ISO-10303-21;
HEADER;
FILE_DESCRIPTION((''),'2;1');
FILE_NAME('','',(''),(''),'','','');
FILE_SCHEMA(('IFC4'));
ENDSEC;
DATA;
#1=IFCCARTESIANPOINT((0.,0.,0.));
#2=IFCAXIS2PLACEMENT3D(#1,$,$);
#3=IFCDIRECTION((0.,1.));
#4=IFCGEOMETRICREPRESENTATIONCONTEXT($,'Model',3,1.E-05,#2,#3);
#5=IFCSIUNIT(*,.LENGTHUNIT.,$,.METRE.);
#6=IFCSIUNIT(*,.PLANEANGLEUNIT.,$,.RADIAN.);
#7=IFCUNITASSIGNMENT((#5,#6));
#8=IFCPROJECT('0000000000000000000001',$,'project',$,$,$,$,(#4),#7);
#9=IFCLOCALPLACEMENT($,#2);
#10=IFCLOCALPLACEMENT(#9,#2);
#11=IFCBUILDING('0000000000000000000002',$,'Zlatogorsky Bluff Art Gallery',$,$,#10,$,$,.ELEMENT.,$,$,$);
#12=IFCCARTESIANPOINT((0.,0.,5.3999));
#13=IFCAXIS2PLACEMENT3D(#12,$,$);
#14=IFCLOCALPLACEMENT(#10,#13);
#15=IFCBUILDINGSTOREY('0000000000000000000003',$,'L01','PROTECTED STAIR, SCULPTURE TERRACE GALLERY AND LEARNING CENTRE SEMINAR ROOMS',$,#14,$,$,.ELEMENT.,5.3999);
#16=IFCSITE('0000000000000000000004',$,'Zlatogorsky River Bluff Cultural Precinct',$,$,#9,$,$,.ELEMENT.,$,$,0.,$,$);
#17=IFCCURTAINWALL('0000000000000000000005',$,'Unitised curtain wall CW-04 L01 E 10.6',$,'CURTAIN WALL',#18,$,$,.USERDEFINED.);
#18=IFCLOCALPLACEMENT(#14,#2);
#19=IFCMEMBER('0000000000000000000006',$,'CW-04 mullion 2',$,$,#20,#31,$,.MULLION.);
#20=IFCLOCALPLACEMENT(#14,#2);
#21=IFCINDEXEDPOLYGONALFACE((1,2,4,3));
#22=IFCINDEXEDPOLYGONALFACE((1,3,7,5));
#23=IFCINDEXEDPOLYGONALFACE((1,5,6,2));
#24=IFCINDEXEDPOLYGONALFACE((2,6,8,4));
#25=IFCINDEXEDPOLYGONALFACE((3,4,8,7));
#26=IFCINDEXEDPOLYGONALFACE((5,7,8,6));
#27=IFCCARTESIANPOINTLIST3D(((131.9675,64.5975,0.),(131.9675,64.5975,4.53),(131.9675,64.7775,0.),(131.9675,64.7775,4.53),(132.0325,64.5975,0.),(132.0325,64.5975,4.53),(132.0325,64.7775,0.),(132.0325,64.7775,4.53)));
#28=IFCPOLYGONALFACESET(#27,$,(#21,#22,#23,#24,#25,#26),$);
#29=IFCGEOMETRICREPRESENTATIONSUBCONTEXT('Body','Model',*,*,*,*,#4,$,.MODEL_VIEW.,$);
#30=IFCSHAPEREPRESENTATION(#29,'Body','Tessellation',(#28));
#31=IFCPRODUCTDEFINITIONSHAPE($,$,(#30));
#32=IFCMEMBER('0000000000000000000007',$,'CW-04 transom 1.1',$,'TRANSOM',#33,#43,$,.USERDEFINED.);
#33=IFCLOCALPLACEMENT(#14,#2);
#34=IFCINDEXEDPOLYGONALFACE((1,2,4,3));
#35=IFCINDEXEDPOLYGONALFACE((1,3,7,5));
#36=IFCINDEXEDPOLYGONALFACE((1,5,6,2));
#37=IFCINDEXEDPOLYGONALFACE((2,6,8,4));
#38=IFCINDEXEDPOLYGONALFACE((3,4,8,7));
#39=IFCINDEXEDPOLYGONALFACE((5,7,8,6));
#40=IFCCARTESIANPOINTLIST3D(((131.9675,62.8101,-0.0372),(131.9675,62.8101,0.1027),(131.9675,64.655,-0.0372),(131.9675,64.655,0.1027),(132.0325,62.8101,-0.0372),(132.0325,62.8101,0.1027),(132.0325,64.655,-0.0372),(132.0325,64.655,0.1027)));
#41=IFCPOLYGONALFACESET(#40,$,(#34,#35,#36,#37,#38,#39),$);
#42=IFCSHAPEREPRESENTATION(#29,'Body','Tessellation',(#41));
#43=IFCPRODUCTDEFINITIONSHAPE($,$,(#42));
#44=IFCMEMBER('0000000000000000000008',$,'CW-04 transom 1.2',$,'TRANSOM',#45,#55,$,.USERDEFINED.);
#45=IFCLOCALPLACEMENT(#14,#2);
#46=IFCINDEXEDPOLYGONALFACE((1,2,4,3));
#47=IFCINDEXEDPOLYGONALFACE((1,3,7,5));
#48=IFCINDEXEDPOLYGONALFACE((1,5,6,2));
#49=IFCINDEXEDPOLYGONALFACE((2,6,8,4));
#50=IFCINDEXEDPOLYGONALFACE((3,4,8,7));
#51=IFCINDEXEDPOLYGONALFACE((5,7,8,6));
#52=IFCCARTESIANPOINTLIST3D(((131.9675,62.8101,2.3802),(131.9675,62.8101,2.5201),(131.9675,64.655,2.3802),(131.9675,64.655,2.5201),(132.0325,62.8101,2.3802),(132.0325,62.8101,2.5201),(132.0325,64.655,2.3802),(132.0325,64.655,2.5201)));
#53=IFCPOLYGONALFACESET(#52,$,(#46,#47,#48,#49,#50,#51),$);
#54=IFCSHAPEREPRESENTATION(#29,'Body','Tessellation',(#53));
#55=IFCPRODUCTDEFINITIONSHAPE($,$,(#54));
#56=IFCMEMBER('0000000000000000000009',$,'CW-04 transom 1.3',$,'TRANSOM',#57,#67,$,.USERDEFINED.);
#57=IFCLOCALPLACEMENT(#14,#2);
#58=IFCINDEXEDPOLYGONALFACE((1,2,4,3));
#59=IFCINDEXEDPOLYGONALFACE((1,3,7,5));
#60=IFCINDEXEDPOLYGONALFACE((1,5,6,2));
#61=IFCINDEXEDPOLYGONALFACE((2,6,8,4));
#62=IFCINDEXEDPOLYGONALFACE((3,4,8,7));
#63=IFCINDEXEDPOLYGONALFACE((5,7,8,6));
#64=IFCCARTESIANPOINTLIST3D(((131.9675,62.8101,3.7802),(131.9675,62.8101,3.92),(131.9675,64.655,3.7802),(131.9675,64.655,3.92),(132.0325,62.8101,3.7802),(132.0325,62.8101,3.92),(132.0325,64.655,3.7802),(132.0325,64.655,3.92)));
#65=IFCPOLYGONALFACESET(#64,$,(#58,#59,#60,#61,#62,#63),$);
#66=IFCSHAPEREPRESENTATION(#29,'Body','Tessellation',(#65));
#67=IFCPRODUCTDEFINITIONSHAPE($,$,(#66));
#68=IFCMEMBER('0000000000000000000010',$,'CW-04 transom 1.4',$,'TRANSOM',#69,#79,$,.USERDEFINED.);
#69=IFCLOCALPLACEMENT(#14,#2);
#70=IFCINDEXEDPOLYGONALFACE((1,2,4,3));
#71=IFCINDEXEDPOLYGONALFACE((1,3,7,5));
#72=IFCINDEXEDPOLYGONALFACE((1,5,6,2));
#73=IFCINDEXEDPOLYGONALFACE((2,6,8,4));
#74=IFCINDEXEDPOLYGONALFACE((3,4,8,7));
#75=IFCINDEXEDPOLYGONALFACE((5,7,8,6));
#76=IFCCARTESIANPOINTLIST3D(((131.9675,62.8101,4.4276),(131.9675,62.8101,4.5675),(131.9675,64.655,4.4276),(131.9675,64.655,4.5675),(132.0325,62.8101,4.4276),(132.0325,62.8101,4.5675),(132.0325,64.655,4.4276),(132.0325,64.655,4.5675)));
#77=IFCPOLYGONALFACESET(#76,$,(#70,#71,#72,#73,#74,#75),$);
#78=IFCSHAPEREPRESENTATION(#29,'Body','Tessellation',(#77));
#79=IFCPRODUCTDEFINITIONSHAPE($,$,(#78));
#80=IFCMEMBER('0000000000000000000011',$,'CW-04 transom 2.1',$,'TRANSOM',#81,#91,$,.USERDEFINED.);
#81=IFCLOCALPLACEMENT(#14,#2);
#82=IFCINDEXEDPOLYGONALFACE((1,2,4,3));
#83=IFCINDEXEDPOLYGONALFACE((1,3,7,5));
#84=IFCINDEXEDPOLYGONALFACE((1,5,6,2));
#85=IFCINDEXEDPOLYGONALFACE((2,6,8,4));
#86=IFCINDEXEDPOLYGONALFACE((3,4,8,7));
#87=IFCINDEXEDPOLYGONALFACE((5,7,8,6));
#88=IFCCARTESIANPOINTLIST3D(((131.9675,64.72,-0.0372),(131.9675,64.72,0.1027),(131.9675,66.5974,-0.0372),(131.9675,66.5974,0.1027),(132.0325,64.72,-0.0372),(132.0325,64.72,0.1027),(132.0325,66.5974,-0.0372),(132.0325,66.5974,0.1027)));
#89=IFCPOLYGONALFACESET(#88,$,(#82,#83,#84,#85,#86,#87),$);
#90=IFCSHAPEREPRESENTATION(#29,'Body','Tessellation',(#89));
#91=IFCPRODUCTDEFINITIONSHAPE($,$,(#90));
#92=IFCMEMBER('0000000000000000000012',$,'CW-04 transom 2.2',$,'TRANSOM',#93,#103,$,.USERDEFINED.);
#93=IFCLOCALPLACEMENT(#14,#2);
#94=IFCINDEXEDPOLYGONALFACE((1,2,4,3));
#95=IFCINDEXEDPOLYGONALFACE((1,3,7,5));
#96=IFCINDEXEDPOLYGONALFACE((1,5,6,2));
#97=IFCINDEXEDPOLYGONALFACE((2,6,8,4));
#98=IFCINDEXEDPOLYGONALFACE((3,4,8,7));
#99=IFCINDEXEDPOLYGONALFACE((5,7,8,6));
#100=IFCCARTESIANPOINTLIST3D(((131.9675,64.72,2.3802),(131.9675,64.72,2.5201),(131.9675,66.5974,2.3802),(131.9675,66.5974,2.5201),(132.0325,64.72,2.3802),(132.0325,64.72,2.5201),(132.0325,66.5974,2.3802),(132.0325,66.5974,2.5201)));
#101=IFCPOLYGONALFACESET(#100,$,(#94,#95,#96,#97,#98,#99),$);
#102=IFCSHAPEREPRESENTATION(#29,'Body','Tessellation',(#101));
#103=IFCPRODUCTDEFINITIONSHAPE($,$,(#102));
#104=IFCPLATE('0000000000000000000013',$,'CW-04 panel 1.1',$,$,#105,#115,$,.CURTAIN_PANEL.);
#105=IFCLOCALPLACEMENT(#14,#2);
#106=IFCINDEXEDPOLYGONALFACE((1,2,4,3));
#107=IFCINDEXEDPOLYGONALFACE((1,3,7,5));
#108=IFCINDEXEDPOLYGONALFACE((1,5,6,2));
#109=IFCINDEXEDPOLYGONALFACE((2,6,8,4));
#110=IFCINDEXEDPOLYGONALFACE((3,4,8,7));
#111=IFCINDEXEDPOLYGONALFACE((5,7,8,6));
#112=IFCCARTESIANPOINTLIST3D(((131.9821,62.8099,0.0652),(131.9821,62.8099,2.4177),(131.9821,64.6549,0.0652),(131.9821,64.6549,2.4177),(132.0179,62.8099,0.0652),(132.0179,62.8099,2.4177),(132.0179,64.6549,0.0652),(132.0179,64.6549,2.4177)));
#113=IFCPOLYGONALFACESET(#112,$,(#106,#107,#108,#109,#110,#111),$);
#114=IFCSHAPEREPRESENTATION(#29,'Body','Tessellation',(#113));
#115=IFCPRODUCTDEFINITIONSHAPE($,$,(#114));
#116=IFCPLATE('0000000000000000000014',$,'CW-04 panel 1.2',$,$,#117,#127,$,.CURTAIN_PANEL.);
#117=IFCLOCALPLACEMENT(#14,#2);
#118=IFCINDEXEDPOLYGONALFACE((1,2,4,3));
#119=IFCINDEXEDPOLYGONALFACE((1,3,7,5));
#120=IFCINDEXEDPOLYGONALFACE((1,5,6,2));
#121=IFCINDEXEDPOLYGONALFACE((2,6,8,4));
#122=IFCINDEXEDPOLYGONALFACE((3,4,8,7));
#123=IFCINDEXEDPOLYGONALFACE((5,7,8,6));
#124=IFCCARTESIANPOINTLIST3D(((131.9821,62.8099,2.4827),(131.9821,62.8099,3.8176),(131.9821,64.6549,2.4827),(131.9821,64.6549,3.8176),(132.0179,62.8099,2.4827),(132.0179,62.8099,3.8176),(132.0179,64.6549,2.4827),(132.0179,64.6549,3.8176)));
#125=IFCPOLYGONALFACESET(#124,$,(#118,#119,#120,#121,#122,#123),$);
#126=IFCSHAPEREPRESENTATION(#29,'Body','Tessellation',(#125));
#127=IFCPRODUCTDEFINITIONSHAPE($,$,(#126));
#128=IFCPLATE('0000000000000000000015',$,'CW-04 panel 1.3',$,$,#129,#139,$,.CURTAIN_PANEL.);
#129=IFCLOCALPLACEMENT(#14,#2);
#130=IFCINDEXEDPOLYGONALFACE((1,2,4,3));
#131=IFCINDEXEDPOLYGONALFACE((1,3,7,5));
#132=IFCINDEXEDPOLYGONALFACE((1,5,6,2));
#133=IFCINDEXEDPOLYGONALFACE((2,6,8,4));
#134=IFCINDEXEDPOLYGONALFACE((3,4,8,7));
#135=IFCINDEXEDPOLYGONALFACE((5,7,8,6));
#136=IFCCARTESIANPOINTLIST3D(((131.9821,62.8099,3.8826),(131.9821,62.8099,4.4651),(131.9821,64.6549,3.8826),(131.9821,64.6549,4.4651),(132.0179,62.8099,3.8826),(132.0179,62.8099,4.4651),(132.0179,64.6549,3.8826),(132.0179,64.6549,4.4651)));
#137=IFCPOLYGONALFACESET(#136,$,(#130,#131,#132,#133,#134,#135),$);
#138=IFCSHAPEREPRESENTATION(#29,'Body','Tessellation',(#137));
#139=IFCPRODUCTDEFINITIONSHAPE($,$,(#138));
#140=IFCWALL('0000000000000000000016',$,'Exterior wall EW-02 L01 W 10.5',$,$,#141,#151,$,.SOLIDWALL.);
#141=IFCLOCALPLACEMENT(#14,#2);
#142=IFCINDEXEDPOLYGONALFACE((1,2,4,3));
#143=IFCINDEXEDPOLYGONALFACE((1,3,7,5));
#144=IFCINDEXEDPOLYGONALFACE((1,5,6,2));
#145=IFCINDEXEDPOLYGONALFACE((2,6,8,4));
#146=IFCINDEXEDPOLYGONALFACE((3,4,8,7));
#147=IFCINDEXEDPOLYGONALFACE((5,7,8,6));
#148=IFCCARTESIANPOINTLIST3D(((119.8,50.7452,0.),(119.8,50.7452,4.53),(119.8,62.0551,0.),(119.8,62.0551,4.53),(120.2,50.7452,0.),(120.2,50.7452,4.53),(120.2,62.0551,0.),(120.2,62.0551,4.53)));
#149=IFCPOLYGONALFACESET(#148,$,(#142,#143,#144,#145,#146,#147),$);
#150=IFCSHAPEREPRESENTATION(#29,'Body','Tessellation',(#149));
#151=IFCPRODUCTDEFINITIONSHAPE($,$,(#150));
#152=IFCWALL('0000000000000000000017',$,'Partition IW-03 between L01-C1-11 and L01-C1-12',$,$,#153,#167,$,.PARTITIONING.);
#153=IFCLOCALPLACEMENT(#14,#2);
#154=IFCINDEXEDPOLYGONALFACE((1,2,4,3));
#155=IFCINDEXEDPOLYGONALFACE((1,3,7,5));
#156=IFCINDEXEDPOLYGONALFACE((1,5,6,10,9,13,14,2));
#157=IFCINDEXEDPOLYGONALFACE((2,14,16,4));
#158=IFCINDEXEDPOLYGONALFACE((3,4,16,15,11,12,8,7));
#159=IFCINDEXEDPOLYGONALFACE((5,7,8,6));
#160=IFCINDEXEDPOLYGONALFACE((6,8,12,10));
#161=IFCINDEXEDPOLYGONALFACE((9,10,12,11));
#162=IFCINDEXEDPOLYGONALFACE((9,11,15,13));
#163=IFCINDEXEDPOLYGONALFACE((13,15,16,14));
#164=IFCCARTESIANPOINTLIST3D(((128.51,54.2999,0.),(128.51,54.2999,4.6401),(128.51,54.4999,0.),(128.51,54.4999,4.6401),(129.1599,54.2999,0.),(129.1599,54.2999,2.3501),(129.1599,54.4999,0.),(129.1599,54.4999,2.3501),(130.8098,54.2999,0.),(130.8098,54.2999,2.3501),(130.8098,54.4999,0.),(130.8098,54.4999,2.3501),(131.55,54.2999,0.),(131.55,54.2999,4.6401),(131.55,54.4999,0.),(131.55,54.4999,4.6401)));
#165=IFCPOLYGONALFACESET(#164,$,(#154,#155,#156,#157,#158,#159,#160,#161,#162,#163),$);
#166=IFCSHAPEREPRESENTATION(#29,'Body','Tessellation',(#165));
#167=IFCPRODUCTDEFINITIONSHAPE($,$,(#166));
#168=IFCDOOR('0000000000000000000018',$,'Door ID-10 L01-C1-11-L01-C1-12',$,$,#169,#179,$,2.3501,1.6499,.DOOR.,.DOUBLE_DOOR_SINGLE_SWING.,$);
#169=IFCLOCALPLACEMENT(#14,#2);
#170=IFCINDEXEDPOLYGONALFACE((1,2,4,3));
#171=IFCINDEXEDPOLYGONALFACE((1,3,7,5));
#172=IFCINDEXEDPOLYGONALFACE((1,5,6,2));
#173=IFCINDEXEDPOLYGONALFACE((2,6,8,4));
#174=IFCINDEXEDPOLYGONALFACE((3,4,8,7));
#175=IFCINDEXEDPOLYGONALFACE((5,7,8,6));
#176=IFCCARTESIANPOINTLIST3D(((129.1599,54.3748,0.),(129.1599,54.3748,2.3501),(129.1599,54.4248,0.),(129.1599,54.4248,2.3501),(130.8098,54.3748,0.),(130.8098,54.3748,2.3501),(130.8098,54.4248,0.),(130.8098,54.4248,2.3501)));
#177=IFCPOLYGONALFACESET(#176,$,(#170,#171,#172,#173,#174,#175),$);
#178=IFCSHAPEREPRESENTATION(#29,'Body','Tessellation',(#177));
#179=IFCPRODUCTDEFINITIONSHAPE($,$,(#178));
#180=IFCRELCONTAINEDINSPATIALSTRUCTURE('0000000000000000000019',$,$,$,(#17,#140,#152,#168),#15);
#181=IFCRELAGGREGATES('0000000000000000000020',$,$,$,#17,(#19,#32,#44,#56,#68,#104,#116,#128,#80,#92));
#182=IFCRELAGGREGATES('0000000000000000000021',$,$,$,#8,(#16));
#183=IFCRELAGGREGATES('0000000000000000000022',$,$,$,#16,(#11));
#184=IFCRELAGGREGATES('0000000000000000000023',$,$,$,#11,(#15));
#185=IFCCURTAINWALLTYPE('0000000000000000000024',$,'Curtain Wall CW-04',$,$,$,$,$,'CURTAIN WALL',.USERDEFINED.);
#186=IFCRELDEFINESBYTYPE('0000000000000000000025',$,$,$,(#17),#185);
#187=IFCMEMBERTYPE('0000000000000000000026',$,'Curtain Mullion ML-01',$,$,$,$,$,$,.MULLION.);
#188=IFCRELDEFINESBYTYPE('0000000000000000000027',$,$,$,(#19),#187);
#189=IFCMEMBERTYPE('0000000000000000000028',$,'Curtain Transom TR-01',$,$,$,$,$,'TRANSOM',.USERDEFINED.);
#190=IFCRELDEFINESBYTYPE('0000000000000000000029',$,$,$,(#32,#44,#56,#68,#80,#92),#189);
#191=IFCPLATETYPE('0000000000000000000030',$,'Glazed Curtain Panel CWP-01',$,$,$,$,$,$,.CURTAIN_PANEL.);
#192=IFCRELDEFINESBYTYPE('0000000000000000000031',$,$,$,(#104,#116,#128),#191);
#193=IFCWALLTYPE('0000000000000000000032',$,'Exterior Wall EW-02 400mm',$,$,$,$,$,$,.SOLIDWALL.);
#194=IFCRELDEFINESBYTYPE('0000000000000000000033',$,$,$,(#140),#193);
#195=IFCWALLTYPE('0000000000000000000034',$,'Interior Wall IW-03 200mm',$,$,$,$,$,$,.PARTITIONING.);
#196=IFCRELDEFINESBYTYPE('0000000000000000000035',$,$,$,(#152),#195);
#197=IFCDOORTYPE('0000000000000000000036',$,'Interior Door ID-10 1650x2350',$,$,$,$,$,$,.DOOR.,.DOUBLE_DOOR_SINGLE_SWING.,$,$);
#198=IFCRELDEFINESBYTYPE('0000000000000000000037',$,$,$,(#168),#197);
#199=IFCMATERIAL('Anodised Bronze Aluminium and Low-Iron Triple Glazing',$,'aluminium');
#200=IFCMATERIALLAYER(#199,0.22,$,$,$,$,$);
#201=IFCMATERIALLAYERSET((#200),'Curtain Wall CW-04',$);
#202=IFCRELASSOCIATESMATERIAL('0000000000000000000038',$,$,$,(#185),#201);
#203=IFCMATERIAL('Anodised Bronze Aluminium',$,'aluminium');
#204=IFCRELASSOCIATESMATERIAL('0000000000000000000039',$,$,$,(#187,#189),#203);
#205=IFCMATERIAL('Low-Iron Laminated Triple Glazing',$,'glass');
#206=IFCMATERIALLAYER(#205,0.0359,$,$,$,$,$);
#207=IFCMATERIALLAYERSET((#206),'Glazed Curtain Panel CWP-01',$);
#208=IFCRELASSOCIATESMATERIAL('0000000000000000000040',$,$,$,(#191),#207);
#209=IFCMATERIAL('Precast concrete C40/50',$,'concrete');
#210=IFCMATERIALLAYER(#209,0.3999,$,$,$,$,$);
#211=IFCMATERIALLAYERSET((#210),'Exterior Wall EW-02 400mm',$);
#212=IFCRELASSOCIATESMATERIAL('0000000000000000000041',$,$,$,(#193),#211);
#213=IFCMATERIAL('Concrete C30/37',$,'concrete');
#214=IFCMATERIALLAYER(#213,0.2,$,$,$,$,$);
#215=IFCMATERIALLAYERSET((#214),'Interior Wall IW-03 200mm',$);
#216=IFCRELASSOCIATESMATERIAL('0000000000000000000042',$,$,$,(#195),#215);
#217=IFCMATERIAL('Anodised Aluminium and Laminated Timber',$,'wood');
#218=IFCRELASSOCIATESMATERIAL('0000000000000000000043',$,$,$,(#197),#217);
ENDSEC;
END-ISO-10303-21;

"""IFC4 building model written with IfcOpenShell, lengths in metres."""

from ifc_helpers import new_model, si_unit, direction, frame, frame_2d, origin, origin_2d, place, context, subcontext, project, spatial, rectangle, extrude, material, layer, layer_set, material_profile, profile_set, type_object, element, fill, aggregate, save


model = new_model("IFC4")

# Units and contexts
model_context = context("Model", 3, precision=1e-05, world=origin(), true_north=direction((0.0, 1.0)))
body_context = subcontext(model_context, "Body", "Model", "MODEL_VIEW")
ifc_project = project(units=[si_unit("LENGTHUNIT", "METRE"), si_unit("PLANEANGLEUNIT", "RADIAN")], contexts=[model_context])

# Site, building, storey
site_placement = place(None, origin())
site = spatial("IfcSite", under=ifc_project, at=site_placement, Name="Zlatogorsky River Bluff Cultural Precinct", CompositionType="ELEMENT", RefElevation=0.0)
building_placement = place(site_placement, origin())
building = spatial("IfcBuilding", under=site, at=building_placement, Name="Zlatogorsky Bluff Art Gallery", CompositionType="ELEMENT")
storey_placement = place(building_placement, frame((0.0, 0.0, 5.3999)))
storey = spatial("IfcBuildingStorey", under=building, at=storey_placement, Name="L01", Description="PROTECTED STAIR, SCULPTURE TERRACE GALLERY AND LEARNING CENTRE SEMINAR ROOMS", CompositionType="ELEMENT", Elevation=5.3999)

# Curtain wall, members, plates
ifc_material_1 = material(Name="Anodised Bronze Aluminium and Low-Iron Triple Glazing", Category="aluminium")
ifc_layer_1 = layer(ifc_material_1, 0.22)
ifc_layer_set_1 = layer_set([ifc_layer_1], Name="Curtain Wall CW-04")
curtain_wall_type = type_object("IfcCurtainWallType", Name="Curtain Wall CW-04", ElementType="CURTAIN WALL", PredefinedType="USERDEFINED", material=ifc_layer_set_1)
curtain_wall_placement = place(storey_placement, origin())
curtain_wall = element("IfcCurtainWall", 1, at=curtain_wall_placement, inside=storey, type_object=curtain_wall_type, Name="Unitised curtain wall CW-04 L01 E 10.6", ObjectType="CURTAIN WALL", PredefinedType="USERDEFINED")
ifc_material_2 = material(Name="Anodised Bronze Aluminium", Category="aluminium")
ifc_material_profile_1 = material_profile(ifc_material_2, rectangle(XDim=0.0649, YDim=0.1799, at=origin_2d()), Name="ALU MULLION 65x180")
ifc_profile_set_1 = profile_set([ifc_material_profile_1], Name="Anodised Bronze Aluminium")
member_type_1 = type_object("IfcMemberType", Name="Curtain Mullion ML-01", PredefinedType="MULLION", material=ifc_profile_set_1)
member_1_placement = place(storey_placement, frame((132.0, 64.6875, 0.0), z_axis=(0.0, 0.0, 1.0), x_axis=(-1.0, 0.0, 0.0)))
member_1 = element("IfcMember", 2, at=member_1_placement, type_object=member_type_1, Name="CW-04 mullion 2", PredefinedType="MULLION", context=body_context, shape_type="SweptSolid", body=[
    extrude(rectangle(XDim=0.0649, YDim=0.1799, at=origin_2d()), origin(), (0.0, 0.0, 1.0), 4.53),
])
ifc_material_profile_2 = material_profile(ifc_material_2, rectangle(XDim=0.0649, YDim=0.1399, at=origin_2d()), Name="ALU TRANSOM 65x140")
ifc_profile_set_2 = profile_set([ifc_material_profile_2], Name="Anodised Bronze Aluminium")
member_type_2 = type_object("IfcMemberType", Name="Curtain Transom TR-01", ElementType="TRANSOM", PredefinedType="USERDEFINED", material=ifc_profile_set_2)
member_2_placement = place(storey_placement, frame((132.0, 62.8101, 0.0327), z_axis=(0.0, 1.0, 0.0), x_axis=(-1.0, 0.0, 0.0)))
member_2 = element("IfcMember", 3, at=member_2_placement, type_object=member_type_2, Name="CW-04 transom 1.1", ObjectType="TRANSOM", PredefinedType="USERDEFINED", context=body_context, shape_type="SweptSolid", body=[
    extrude(rectangle(XDim=0.0649, YDim=0.1399, at=origin_2d()), origin(), (0.0, 0.0, 1.0), 1.845),
])
member_3_placement = place(storey_placement, frame((132.0, 62.8101, 2.4502), z_axis=(0.0, 1.0, 0.0), x_axis=(-1.0, 0.0, 0.0)))
member_3 = element("IfcMember", 4, at=member_3_placement, type_object=member_type_2, Name="CW-04 transom 1.2", ObjectType="TRANSOM", PredefinedType="USERDEFINED", context=body_context, shape_type="SweptSolid", body=[
    extrude(rectangle(XDim=0.0649, YDim=0.1399, at=origin_2d()), origin(), (0.0, 0.0, 1.0), 1.845),
])
member_4_placement = place(storey_placement, frame((132.0, 62.8101, 3.8501), z_axis=(0.0, 1.0, 0.0), x_axis=(-1.0, 0.0, 0.0)))
member_4 = element("IfcMember", 5, at=member_4_placement, type_object=member_type_2, Name="CW-04 transom 1.3", ObjectType="TRANSOM", PredefinedType="USERDEFINED", context=body_context, shape_type="SweptSolid", body=[
    extrude(rectangle(XDim=0.0649, YDim=0.1399, at=origin_2d()), origin(), (0.0, 0.0, 1.0), 1.845),
])
member_5_placement = place(storey_placement, frame((132.0, 62.8101, 4.4976), z_axis=(0.0, 1.0, 0.0), x_axis=(-1.0, 0.0, 0.0)))
member_5 = element("IfcMember", 6, at=member_5_placement, type_object=member_type_2, Name="CW-04 transom 1.4", ObjectType="TRANSOM", PredefinedType="USERDEFINED", context=body_context, shape_type="SweptSolid", body=[
    extrude(rectangle(XDim=0.0649, YDim=0.1399, at=origin_2d()), origin(), (0.0, 0.0, 1.0), 1.845),
])
member_6_placement = place(storey_placement, frame((132.0, 64.72, 0.0327), z_axis=(0.0, 1.0, 0.0), x_axis=(-1.0, 0.0, 0.0)))
member_6 = element("IfcMember", 7, at=member_6_placement, type_object=member_type_2, Name="CW-04 transom 2.1", ObjectType="TRANSOM", PredefinedType="USERDEFINED", context=body_context, shape_type="SweptSolid", body=[
    extrude(rectangle(XDim=0.0649, YDim=0.1399, at=origin_2d()), origin(), (0.0, 0.0, 1.0), 1.8774),
])
member_7_placement = place(storey_placement, frame((132.0, 64.72, 2.4502), z_axis=(0.0, 1.0, 0.0), x_axis=(-1.0, 0.0, 0.0)))
member_7 = element("IfcMember", 8, at=member_7_placement, type_object=member_type_2, Name="CW-04 transom 2.2", ObjectType="TRANSOM", PredefinedType="USERDEFINED", context=body_context, shape_type="SweptSolid", body=[
    extrude(rectangle(XDim=0.0649, YDim=0.1399, at=origin_2d()), origin(), (0.0, 0.0, 1.0), 1.8774),
])
ifc_material_3 = material(Name="Low-Iron Laminated Triple Glazing", Category="glass")
ifc_layer_2 = layer(ifc_material_3, 0.0359)
ifc_layer_set_2 = layer_set([ifc_layer_2], Name="Glazed Curtain Panel CWP-01")
plate_type = type_object("IfcPlateType", Name="Glazed Curtain Panel CWP-01", PredefinedType="CURTAIN_PANEL", material=ifc_layer_set_2)
plate_1_placement = place(storey_placement, frame((132.0, 63.7324, 0.0652), z_axis=(0.0, 0.0, 1.0), x_axis=(0.0, 1.0, 0.0)))
plate_1 = element("IfcPlate", 9, at=plate_1_placement, type_object=plate_type, Name="CW-04 panel 1.1", PredefinedType="CURTAIN_PANEL", context=body_context, shape_type="SweptSolid", body=[
    extrude(rectangle(XDim=1.845, YDim=0.0359, at=origin_2d()), origin(), (0.0, 0.0, 1.0), 2.3525),
])
plate_2_placement = place(storey_placement, frame((132.0, 63.7324, 2.4827), z_axis=(0.0, 0.0, 1.0), x_axis=(0.0, 1.0, 0.0)))
plate_2 = element("IfcPlate", 10, at=plate_2_placement, type_object=plate_type, Name="CW-04 panel 1.2", PredefinedType="CURTAIN_PANEL", context=body_context, shape_type="SweptSolid", body=[
    extrude(rectangle(XDim=1.845, YDim=0.0359, at=origin_2d()), origin(), (0.0, 0.0, 1.0), 1.335),
])
plate_3_placement = place(storey_placement, frame((132.0, 63.7324, 3.8826), z_axis=(0.0, 0.0, 1.0), x_axis=(0.0, 1.0, 0.0)))
plate_3 = element("IfcPlate", 11, at=plate_3_placement, type_object=plate_type, Name="CW-04 panel 1.3", PredefinedType="CURTAIN_PANEL", context=body_context, shape_type="SweptSolid", body=[
    extrude(rectangle(XDim=1.845, YDim=0.0359, at=origin_2d()), origin(), (0.0, 0.0, 1.0), 0.5825),
])
aggregate(curtain_wall, [member_1, member_2, member_3, member_4, member_5, plate_1, plate_2, plate_3, member_6, member_7])

# Wall
ifc_material_4 = material(Name="Precast concrete C40/50", Category="concrete")
ifc_layer_3 = layer(ifc_material_4, 0.3999)
ifc_layer_set_3 = layer_set([ifc_layer_3], Name="Exterior Wall EW-02 400mm")
wall_type_1 = type_object("IfcWallType", Name="Exterior Wall EW-02 400mm", PredefinedType="SOLIDWALL", material=ifc_layer_set_3)
wall_1_placement = place(storey_placement, frame((120.0, 62.0549, 0.0), z_axis=(0.0, 0.0, 1.0), x_axis=(0.0, -1.0, 0.0)))
element("IfcWall", 12, at=wall_1_placement, inside=storey, type_object=wall_type_1, Name="Exterior wall EW-02 L01 W 10.5", PredefinedType="SOLIDWALL", context=body_context, shape_type="SweptSolid", body=[
    extrude(rectangle(XDim=11.3098, YDim=0.3999, at=frame_2d((5.6548, 0.0))), origin(), (0.0, 0.0, 1.0), 4.53),
])

# Wall, opening, door
ifc_material_5 = material(Name="Concrete C30/37", Category="concrete")
ifc_layer_4 = layer(ifc_material_5, 0.2)
ifc_layer_set_4 = layer_set([ifc_layer_4], Name="Interior Wall IW-03 200mm")
wall_type_2 = type_object("IfcWallType", Name="Interior Wall IW-03 200mm", PredefinedType="PARTITIONING", material=ifc_layer_set_4)
wall_2_placement = place(storey_placement, frame((128.51, 54.3999, 0.0), z_axis=(0.0, 0.0, 1.0), x_axis=(1.0, 0.0, 0.0)))
wall_2 = element("IfcWall", 13, at=wall_2_placement, inside=storey, type_object=wall_type_2, Name="Partition IW-03 between L01-C1-11 and L01-C1-12", PredefinedType="PARTITIONING", context=body_context, shape_type="SweptSolid", body=[
    extrude(rectangle(XDim=3.04, YDim=0.2, at=frame_2d((1.52, 0.0))), origin(), (0.0, 0.0, 1.0), 4.6401),
])
opening_1_placement = place(wall_2_placement, frame((0.6499, 0.0, 0.0)))
opening_1 = element("IfcOpeningElement", 14, at=opening_1_placement, cuts=wall_2, PredefinedType="OPENING", context=body_context, shape_type="SweptSolid", body=[
    extrude(rectangle(XDim=1.6499, YDim=2.3501, at=frame_2d((0.825, 1.175))), frame((0.0, 0.1099, 0.0), z_axis=(0.0, -1.0, 0.0), x_axis=(1.0, 0.0, 0.0)), (0.0, 0.0, 1.0), 0.22),
])
ifc_material_6 = material(Name="Anodised Aluminium and Laminated Timber", Category="wood")
door_type_1 = type_object("IfcDoorType", Name="Interior Door ID-10 1650x2350", OperationType="DOUBLE_DOOR_SINGLE_SWING", PredefinedType="DOOR", material=ifc_material_6)
door_1_placement = place(opening_1_placement, origin())
door_1 = element("IfcDoor", 15, at=door_1_placement, inside=storey, type_object=door_type_1, Name="Door ID-10 L01-C1-11-L01-C1-12", OperationType="DOUBLE_DOOR_SINGLE_SWING", OverallHeight=2.3501, OverallWidth=1.6499, PredefinedType="DOOR", context=body_context, shape_type="SweptSolid", body=[
    extrude(rectangle(XDim=1.6499, YDim=2.3501, at=frame_2d((0.825, 1.175))), frame((0.0, 0.0249, 0.0), z_axis=(0.0, -1.0, 0.0), x_axis=(1.0, 0.0, 0.0)), (0.0, 0.0, 1.0), 0.05),
])
fill(opening_1, door_1)

save(model, "model.ifc")
